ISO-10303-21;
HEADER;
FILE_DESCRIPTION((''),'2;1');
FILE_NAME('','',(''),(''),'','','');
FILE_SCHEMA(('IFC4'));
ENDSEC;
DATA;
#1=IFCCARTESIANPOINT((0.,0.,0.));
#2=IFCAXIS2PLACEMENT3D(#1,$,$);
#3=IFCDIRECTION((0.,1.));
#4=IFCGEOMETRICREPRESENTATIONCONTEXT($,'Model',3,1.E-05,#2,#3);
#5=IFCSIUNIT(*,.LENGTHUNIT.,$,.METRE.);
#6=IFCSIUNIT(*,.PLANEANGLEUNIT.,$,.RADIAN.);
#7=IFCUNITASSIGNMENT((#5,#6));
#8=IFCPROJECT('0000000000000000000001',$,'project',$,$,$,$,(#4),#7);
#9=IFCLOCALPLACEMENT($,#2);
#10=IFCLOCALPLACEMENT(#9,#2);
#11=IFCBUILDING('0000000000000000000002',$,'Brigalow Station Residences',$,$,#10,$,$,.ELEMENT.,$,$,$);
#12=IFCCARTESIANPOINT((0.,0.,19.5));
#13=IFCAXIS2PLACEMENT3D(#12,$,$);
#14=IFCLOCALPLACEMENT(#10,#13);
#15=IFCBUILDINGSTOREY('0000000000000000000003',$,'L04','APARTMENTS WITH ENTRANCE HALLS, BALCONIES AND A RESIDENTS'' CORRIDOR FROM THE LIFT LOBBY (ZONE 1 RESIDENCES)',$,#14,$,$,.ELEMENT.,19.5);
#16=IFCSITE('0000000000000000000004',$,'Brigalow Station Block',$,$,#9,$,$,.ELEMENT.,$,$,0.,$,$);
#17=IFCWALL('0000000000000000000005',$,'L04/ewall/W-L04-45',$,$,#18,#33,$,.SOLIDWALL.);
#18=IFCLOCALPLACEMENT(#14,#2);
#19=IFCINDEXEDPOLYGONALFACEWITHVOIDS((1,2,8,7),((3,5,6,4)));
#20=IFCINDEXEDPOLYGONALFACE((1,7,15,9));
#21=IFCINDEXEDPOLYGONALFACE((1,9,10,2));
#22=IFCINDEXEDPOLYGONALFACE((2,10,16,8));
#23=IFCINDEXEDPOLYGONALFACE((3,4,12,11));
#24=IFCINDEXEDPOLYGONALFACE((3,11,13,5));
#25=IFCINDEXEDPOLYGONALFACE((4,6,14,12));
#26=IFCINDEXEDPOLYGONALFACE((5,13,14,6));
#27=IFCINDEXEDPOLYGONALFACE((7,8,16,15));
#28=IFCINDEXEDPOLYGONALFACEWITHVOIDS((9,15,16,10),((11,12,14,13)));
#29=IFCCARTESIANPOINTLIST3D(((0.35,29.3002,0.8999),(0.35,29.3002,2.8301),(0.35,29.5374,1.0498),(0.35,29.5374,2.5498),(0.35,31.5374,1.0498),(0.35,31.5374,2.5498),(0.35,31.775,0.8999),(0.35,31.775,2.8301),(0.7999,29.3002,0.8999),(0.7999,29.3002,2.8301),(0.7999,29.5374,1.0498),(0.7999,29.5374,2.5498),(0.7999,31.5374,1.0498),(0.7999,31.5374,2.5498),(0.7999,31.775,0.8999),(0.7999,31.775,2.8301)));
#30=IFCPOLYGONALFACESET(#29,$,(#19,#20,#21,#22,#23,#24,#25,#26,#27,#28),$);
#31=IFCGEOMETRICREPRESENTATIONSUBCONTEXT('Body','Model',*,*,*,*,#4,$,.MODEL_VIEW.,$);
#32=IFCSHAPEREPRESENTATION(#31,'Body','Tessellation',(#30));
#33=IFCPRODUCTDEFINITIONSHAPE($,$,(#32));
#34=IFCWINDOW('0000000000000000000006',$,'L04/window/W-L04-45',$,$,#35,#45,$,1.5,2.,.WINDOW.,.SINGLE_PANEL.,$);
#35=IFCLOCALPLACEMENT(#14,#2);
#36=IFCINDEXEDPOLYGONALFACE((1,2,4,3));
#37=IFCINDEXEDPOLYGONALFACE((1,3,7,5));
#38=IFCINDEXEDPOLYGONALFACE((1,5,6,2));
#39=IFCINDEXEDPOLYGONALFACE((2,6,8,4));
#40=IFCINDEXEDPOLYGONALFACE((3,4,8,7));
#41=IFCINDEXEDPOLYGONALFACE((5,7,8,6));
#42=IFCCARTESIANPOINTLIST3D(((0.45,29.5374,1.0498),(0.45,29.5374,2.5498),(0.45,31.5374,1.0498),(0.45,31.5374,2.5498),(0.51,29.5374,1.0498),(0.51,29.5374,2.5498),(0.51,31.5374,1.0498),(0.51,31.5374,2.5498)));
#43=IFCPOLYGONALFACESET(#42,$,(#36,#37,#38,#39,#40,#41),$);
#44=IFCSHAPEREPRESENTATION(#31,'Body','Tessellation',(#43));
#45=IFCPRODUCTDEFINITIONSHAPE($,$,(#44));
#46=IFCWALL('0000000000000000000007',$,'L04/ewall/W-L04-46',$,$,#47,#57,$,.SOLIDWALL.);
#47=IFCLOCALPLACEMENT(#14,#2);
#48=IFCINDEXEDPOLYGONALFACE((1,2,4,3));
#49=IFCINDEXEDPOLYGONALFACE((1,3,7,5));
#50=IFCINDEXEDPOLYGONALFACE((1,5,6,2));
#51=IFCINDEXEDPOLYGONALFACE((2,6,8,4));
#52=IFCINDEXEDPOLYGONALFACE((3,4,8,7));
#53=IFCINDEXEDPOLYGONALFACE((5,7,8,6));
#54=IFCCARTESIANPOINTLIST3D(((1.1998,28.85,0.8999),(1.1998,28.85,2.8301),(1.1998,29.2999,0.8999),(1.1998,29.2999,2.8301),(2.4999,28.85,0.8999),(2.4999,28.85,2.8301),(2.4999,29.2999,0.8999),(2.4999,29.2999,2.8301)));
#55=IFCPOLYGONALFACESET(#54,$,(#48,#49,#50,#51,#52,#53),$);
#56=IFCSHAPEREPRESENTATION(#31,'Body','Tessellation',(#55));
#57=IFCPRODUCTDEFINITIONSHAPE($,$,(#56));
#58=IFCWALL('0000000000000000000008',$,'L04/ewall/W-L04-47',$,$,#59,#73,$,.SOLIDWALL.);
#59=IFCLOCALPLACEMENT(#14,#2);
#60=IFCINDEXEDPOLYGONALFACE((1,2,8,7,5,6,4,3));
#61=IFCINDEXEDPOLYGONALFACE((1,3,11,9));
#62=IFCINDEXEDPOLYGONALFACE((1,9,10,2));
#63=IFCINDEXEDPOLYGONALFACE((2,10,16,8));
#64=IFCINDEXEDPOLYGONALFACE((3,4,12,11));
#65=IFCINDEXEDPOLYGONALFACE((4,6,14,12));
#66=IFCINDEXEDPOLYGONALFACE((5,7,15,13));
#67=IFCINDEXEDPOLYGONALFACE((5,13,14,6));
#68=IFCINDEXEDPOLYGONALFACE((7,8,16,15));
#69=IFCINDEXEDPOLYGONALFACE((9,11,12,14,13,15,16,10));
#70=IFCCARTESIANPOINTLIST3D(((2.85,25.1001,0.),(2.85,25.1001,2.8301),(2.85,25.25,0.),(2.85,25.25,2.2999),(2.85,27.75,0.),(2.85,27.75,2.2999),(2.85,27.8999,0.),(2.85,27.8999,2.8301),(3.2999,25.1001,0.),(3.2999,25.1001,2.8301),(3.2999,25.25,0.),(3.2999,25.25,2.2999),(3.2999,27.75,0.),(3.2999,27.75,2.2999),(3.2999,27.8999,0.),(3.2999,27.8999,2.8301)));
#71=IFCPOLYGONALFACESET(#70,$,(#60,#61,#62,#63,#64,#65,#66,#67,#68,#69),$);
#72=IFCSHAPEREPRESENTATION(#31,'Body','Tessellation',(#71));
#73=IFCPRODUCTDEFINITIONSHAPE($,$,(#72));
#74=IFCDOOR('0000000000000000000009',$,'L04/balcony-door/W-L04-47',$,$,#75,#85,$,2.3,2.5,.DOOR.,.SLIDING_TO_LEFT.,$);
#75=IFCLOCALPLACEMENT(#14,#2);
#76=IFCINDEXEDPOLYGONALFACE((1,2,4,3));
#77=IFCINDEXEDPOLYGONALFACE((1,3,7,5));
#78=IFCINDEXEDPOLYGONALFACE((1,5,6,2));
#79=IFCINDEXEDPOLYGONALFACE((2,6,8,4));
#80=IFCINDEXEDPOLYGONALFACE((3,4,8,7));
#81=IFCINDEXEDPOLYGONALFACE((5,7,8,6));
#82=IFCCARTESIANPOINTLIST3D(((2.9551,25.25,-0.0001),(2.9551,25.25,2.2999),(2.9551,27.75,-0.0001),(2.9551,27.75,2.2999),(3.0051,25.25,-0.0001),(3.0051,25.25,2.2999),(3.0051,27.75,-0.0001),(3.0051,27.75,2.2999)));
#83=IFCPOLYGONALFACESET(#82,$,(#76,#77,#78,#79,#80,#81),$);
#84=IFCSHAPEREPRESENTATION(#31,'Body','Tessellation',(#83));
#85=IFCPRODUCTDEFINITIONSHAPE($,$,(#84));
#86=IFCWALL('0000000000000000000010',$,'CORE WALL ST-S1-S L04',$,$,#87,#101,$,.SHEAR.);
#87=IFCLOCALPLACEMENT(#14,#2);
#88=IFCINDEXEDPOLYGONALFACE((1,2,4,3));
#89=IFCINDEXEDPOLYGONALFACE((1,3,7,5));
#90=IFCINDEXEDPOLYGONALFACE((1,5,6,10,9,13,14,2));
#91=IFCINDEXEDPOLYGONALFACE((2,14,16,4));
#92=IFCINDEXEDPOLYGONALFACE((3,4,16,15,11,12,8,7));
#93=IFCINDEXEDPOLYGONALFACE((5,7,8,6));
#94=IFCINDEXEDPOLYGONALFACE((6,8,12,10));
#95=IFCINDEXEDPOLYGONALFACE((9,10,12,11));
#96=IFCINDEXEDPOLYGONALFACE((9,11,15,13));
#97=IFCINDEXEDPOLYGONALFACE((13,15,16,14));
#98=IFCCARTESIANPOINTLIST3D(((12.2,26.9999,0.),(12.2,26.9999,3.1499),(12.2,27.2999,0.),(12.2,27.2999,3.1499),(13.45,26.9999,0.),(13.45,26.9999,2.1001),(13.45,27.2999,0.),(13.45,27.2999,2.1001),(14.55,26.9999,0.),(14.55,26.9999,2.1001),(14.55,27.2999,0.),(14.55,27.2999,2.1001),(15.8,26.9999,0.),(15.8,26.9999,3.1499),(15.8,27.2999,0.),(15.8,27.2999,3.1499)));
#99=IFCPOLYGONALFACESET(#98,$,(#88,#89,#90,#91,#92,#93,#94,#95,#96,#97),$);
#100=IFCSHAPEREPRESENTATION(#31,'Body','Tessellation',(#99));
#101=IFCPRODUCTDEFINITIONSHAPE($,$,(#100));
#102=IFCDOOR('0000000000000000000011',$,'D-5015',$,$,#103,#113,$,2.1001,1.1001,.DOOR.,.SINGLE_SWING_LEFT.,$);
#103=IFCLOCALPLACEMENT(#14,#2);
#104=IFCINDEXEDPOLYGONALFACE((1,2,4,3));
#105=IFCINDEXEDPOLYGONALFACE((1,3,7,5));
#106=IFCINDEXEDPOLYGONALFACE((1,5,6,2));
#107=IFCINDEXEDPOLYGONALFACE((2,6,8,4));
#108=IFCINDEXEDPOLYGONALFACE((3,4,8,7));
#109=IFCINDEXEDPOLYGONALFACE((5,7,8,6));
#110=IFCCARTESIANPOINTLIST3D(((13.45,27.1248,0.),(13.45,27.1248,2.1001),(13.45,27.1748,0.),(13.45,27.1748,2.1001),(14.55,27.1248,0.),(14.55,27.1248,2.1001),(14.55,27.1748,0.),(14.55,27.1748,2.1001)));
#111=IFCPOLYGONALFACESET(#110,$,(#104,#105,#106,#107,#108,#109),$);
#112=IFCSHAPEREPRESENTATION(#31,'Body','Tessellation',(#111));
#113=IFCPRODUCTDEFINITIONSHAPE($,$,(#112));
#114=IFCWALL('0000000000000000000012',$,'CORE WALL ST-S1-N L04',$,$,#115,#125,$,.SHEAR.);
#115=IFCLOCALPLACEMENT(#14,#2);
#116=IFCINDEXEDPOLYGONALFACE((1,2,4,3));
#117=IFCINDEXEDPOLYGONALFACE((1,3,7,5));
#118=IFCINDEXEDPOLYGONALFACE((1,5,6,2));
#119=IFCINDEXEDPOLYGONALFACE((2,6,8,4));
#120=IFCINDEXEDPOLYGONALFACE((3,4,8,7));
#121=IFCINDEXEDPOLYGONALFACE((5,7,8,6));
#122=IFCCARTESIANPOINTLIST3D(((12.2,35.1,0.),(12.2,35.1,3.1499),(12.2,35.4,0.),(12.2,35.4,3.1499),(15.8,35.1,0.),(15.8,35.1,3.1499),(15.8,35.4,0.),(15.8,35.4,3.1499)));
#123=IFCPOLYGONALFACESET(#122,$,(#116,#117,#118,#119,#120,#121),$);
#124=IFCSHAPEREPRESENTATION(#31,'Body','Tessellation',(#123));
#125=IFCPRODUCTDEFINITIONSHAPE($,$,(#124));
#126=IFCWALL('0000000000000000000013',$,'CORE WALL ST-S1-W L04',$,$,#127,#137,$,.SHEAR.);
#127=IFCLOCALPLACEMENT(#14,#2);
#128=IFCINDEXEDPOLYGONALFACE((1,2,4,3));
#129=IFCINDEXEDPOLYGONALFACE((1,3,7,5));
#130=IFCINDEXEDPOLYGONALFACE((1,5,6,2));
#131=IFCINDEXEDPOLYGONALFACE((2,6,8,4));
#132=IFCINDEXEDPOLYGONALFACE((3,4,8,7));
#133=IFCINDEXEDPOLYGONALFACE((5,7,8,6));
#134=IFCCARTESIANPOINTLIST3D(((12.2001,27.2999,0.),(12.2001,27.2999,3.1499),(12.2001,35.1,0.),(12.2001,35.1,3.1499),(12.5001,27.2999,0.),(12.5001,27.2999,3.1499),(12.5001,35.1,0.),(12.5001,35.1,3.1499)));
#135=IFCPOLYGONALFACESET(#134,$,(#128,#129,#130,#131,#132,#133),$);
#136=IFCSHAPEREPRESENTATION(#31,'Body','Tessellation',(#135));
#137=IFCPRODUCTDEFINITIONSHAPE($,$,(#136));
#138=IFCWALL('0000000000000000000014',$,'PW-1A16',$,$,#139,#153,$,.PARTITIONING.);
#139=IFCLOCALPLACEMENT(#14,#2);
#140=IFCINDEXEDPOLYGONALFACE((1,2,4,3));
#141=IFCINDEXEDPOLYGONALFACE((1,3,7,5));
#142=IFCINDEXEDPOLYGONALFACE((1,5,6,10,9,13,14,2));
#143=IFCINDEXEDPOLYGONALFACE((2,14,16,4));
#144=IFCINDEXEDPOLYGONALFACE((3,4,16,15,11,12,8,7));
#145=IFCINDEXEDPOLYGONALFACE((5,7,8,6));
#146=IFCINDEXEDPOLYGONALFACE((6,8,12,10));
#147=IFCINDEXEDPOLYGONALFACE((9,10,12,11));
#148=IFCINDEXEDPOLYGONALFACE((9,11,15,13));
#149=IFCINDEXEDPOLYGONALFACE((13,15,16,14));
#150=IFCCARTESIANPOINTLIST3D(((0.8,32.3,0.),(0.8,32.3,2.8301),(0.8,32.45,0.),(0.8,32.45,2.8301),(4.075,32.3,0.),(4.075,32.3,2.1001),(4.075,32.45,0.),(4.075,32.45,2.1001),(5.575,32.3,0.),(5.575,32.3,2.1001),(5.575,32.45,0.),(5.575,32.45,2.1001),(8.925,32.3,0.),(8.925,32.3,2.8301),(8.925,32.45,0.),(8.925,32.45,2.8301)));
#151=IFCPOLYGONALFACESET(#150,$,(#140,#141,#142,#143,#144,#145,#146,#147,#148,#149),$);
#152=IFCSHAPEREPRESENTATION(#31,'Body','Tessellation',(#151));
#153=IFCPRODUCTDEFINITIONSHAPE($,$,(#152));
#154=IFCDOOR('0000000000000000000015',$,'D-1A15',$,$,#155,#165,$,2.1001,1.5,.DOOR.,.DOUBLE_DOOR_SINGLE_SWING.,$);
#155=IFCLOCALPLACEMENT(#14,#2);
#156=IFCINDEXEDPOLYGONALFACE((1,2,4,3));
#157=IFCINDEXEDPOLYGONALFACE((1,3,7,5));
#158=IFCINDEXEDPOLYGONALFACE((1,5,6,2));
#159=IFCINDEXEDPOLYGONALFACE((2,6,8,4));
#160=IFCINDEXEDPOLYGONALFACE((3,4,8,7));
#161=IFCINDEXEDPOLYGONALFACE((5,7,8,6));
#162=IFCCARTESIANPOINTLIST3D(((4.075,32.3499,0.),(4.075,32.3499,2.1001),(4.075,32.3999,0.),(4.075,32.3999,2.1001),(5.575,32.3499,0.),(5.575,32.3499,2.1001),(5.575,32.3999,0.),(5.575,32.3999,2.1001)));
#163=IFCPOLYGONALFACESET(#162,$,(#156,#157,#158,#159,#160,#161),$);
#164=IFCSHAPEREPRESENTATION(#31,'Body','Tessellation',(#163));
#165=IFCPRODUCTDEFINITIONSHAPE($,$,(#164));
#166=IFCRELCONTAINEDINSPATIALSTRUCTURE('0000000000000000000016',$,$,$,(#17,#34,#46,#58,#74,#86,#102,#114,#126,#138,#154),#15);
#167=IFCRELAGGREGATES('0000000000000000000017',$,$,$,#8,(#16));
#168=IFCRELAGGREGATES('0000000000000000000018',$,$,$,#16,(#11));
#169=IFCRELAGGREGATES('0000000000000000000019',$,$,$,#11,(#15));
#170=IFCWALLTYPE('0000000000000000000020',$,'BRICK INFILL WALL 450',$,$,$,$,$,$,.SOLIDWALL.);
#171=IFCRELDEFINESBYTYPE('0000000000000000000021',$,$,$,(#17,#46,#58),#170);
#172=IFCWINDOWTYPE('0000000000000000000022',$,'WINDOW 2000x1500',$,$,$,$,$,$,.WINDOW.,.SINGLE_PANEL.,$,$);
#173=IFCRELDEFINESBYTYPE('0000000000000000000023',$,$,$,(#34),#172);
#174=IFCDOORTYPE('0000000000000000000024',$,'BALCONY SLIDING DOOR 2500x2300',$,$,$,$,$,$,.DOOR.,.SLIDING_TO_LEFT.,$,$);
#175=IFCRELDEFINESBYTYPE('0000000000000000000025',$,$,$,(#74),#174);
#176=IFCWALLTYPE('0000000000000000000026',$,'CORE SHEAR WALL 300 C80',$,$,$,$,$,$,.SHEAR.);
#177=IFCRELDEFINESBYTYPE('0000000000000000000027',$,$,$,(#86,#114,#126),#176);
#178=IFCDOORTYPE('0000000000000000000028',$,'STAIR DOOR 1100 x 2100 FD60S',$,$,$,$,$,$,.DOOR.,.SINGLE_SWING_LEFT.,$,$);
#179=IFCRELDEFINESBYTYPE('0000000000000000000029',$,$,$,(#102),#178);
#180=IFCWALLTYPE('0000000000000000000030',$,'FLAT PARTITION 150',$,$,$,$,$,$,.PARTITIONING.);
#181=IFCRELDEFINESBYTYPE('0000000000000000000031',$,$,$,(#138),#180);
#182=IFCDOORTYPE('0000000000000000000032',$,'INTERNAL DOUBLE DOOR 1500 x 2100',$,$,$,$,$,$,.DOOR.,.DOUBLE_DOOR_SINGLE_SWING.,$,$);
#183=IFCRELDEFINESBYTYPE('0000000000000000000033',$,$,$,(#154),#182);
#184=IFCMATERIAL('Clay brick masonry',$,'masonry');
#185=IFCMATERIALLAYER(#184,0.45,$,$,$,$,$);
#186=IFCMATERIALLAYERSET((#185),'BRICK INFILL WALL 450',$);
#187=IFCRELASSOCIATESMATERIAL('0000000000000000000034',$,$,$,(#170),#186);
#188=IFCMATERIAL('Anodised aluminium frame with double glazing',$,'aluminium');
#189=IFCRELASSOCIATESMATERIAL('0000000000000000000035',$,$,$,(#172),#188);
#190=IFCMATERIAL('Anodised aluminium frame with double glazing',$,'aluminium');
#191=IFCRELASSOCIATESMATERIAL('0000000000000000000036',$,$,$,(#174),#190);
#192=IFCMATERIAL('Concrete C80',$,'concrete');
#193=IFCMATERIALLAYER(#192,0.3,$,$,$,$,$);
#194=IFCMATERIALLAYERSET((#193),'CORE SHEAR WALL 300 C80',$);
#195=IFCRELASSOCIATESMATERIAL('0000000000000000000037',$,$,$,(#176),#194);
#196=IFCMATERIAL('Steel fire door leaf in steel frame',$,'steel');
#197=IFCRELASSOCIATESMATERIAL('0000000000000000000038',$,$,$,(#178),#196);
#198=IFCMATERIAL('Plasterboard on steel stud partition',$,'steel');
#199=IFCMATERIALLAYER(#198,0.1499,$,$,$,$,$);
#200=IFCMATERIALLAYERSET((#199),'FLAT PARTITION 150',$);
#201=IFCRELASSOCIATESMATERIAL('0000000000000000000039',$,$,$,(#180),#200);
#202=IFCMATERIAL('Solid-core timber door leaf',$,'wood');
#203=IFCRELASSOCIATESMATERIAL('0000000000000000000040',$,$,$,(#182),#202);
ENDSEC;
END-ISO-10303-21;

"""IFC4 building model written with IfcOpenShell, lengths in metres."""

from ifc_helpers import new_model, si_unit, direction, frame, frame_2d, origin, place, context, subcontext, project, spatial, rectangle, extrude, material, layer, layer_set, type_object, element, fill, save


model = new_model("IFC4")

# Units and contexts
model_context = context("Model", 3, precision=1e-05, world=origin(), true_north=direction((0.0, 1.0)))
body_context = subcontext(model_context, "Body", "Model", "MODEL_VIEW")
ifc_project = project(units=[si_unit("LENGTHUNIT", "METRE"), si_unit("PLANEANGLEUNIT", "RADIAN")], contexts=[model_context])

# Site, building, storey
site_placement = place(None, origin())
site = spatial("IfcSite", under=ifc_project, at=site_placement, Name="Brigalow Station Block", CompositionType="ELEMENT", RefElevation=0.0)
building_placement = place(site_placement, origin())
building = spatial("IfcBuilding", under=site, at=building_placement, Name="Brigalow Station Residences", CompositionType="ELEMENT")
storey_placement = place(building_placement, frame((0.0, 0.0, 19.5)))
storey = spatial("IfcBuildingStorey", under=building, at=storey_placement, Name="L04", Description="APARTMENTS WITH ENTRANCE HALLS, BALCONIES AND A RESIDENTS' CORRIDOR FROM THE LIFT LOBBY (ZONE 1 RESIDENCES)", CompositionType="ELEMENT", Elevation=19.5)

# Wall, opening, window
ifc_material_1 = material(Name="Clay brick masonry", Category="masonry")
ifc_layer_1 = layer(ifc_material_1, 0.45)
ifc_layer_set_1 = layer_set([ifc_layer_1], Name="BRICK INFILL WALL 450")
wall_type_1 = type_object("IfcWallType", Name="BRICK INFILL WALL 450", PredefinedType="SOLIDWALL", material=ifc_layer_set_1)
wall_1_placement = place(storey_placement, frame((0.575, 31.7749, 0.8999), z_axis=(0.0, 0.0, 1.0), x_axis=(0.0, -1.0, 0.0)))
wall_1 = element("IfcWall", 1, at=wall_1_placement, inside=storey, type_object=wall_type_1, Name="L04/ewall/W-L04-45", PredefinedType="SOLIDWALL", context=body_context, shape_type="SweptSolid", body=[
    extrude(rectangle(XDim=2.4749, YDim=0.45, at=frame_2d((1.2373, 0.0))), origin(), (0.0, 0.0, 1.0), 1.9302),
])
opening_1_placement = place(wall_1_placement, frame((0.2375, 0.0, 0.1499)))
opening_1 = element("IfcOpeningElement", 2, at=opening_1_placement, cuts=wall_1, PredefinedType="OPENING", context=body_context, shape_type="SweptSolid", body=[
    extrude(rectangle(XDim=2.0, YDim=1.5, at=frame_2d((1.0, 0.75))), frame((0.0, 0.2349, 0.0), z_axis=(0.0, -1.0, 0.0), x_axis=(1.0, 0.0, 0.0)), (0.0, 0.0, 1.0), 0.47),
])
ifc_material_2 = material(Name="Anodised aluminium frame with double glazing", Category="aluminium")
window_type_1 = type_object("IfcWindowType", Name="WINDOW 2000x1500", PartitioningType="SINGLE_PANEL", PredefinedType="WINDOW", material=ifc_material_2)
window_1_placement = place(opening_1_placement, origin())
window_1 = element("IfcWindow", 3, at=window_1_placement, inside=storey, type_object=window_type_1, Name="L04/window/W-L04-45", OverallHeight=1.5, OverallWidth=2.0, PartitioningType="SINGLE_PANEL", PredefinedType="WINDOW", context=body_context, shape_type="SweptSolid", body=[
    extrude(rectangle(XDim=2.0, YDim=1.5, at=frame_2d((1.0, 0.75))), frame((0.0, -0.0649, 0.0), z_axis=(0.0, -1.0, 0.0), x_axis=(1.0, 0.0, 0.0)), (0.0, 0.0, 1.0), 0.0601),
])
fill(opening_1, window_1)

# Wall
wall_2_placement = place(storey_placement, frame((1.2, 29.075, 0.8999), z_axis=(0.0, 0.0, 1.0), x_axis=(1.0, 0.0, 0.0)))
element("IfcWall", 4, at=wall_2_placement, inside=storey, type_object=wall_type_1, Name="L04/ewall/W-L04-46", PredefinedType="SOLIDWALL", context=body_context, shape_type="SweptSolid", body=[
    extrude(rectangle(XDim=1.3, YDim=0.45, at=frame_2d((0.6499, 0.0))), origin(), (0.0, 0.0, 1.0), 1.9302),
])

# Walls, openings, doors
wall_3_placement = place(storey_placement, frame((3.075, 27.8999, 0.0), z_axis=(0.0, 0.0, 1.0), x_axis=(0.0, -1.0, 0.0)))
wall_3 = element("IfcWall", 5, at=wall_3_placement, inside=storey, type_object=wall_type_1, Name="L04/ewall/W-L04-47", PredefinedType="SOLIDWALL", context=body_context, shape_type="SweptSolid", body=[
    extrude(rectangle(XDim=2.7998, YDim=0.45, at=frame_2d((1.3999, 0.0))), origin(), (0.0, 0.0, 1.0), 2.8301),
])
opening_2_placement = place(wall_3_placement, frame((0.1499, 0.0, 0.0)))
opening_2 = element("IfcOpeningElement", 6, at=opening_2_placement, cuts=wall_3, PredefinedType="OPENING", context=body_context, shape_type="SweptSolid", body=[
    extrude(rectangle(XDim=2.5, YDim=2.3, at=frame_2d((1.25, 1.1499))), frame((0.0, 0.2349, 0.0), z_axis=(0.0, -1.0, 0.0), x_axis=(1.0, 0.0, 0.0)), (0.0, 0.0, 1.0), 0.47),
])
ifc_material_3 = material(Name="Anodised aluminium frame with double glazing", Category="aluminium")
door_type_1 = type_object("IfcDoorType", Name="BALCONY SLIDING DOOR 2500x2300", OperationType="SLIDING_TO_LEFT", PredefinedType="DOOR", material=ifc_material_3)
door_1_placement = place(opening_2_placement, origin())
door_1 = element("IfcDoor", 7, at=door_1_placement, inside=storey, type_object=door_type_1, Name="L04/balcony-door/W-L04-47", OperationType="SLIDING_TO_LEFT", OverallHeight=2.3, OverallWidth=2.5, PredefinedType="DOOR", context=body_context, shape_type="SweptSolid", body=[
    extrude(rectangle(XDim=2.5, YDim=2.3, at=frame_2d((1.25, 1.1499))), frame((0.0, -0.0698, 0.0), z_axis=(0.0, -1.0, 0.0), x_axis=(1.0, 0.0, 0.0)), (0.0, 0.0, 1.0), 0.05),
])
fill(opening_2, door_1)
ifc_material_4 = material(Name="Concrete C80", Category="concrete")
ifc_layer_2 = layer(ifc_material_4, 0.3)
ifc_layer_set_2 = layer_set([ifc_layer_2], Name="CORE SHEAR WALL 300 C80")
wall_type_2 = type_object("IfcWallType", Name="CORE SHEAR WALL 300 C80", PredefinedType="SHEAR", material=ifc_layer_set_2)
wall_4_placement = place(storey_placement, frame((12.2, 27.1499, 0.0), z_axis=(0.0, 0.0, 1.0), x_axis=(1.0, 0.0, 0.0)))
wall_4 = element("IfcWall", 8, at=wall_4_placement, inside=storey, type_object=wall_type_2, Name="CORE WALL ST-S1-S L04", PredefinedType="SHEAR", context=body_context, shape_type="SweptSolid", body=[
    extrude(rectangle(XDim=3.6001, YDim=0.3, at=frame_2d((1.8, 0.0))), origin(), (0.0, 0.0, 1.0), 3.1499),
])
opening_3_placement = place(wall_4_placement, frame((1.25, 0.0, 0.0)))
opening_3 = element("IfcOpeningElement", 9, at=opening_3_placement, cuts=wall_4, PredefinedType="OPENING", context=body_context, shape_type="SweptSolid", body=[
    extrude(rectangle(XDim=1.1001, YDim=2.1001, at=frame_2d((0.55, 1.05))), frame((0.0, 0.1602, 0.0), z_axis=(0.0, -1.0, 0.0), x_axis=(1.0, 0.0, 0.0)), (0.0, 0.0, 1.0), 0.3201),
])
ifc_material_5 = material(Name="Steel fire door leaf in steel frame", Category="steel")
door_type_2 = type_object("IfcDoorType", Name="STAIR DOOR 1100 x 2100 FD60S", OperationType="SINGLE_SWING_LEFT", PredefinedType="DOOR", material=ifc_material_5)
door_2_placement = place(opening_3_placement, origin())
door_2 = element("IfcDoor", 10, at=door_2_placement, inside=storey, type_object=door_type_2, Name="D-5015", OperationType="SINGLE_SWING_LEFT", OverallHeight=2.1001, OverallWidth=1.1001, PredefinedType="DOOR", context=body_context, shape_type="SweptSolid", body=[
    extrude(rectangle(XDim=1.1001, YDim=2.1001, at=frame_2d((0.55, 1.05))), frame((0.0, 0.0249, 0.0), z_axis=(0.0, -1.0, 0.0), x_axis=(1.0, 0.0, 0.0)), (0.0, 0.0, 1.0), 0.05),
])
fill(opening_3, door_2)

# Walls
wall_5_placement = place(storey_placement, frame((12.2, 35.25, 0.0), z_axis=(0.0, 0.0, 1.0), x_axis=(1.0, 0.0, 0.0)))
element("IfcWall", 11, at=wall_5_placement, inside=storey, type_object=wall_type_2, Name="CORE WALL ST-S1-N L04", PredefinedType="SHEAR", context=body_context, shape_type="SweptSolid", body=[
    extrude(rectangle(XDim=3.6001, YDim=0.3, at=frame_2d((1.8, 0.0))), origin(), (0.0, 0.0, 1.0), 3.1499),
])
wall_6_placement = place(storey_placement, frame((12.3501, 27.3, 0.0), z_axis=(0.0, 0.0, 1.0), x_axis=(0.0, 1.0, 0.0)))
element("IfcWall", 12, at=wall_6_placement, inside=storey, type_object=wall_type_2, Name="CORE WALL ST-S1-W L04", PredefinedType="SHEAR", context=body_context, shape_type="SweptSolid", body=[
    extrude(rectangle(XDim=7.8, YDim=0.3, at=frame_2d((3.8999, 0.0))), origin(), (0.0, 0.0, 1.0), 3.1499),
])

# Wall, opening, door
ifc_material_6 = material(Name="Plasterboard on steel stud partition", Category="steel")
ifc_layer_3 = layer(ifc_material_6, 0.1499)
ifc_layer_set_3 = layer_set([ifc_layer_3], Name="FLAT PARTITION 150")
wall_type_3 = type_object("IfcWallType", Name="FLAT PARTITION 150", PredefinedType="PARTITIONING", material=ifc_layer_set_3)
wall_7_placement = place(storey_placement, frame((0.8, 32.375, 0.0), z_axis=(0.0, 0.0, 1.0), x_axis=(1.0, 0.0, 0.0)))
wall_7 = element("IfcWall", 13, at=wall_7_placement, inside=storey, type_object=wall_type_3, Name="PW-1A16", PredefinedType="PARTITIONING", context=body_context, shape_type="SweptSolid", body=[
    extrude(rectangle(XDim=8.125, YDim=0.1499, at=frame_2d((4.0625, 0.0))), origin(), (0.0, 0.0, 1.0), 2.8301),
])
opening_4_placement = place(wall_7_placement, frame((3.2749, 0.0, 0.0)))
opening_4 = element("IfcOpeningElement", 14, at=opening_4_placement, cuts=wall_7, PredefinedType="OPENING", context=body_context, shape_type="SweptSolid", body=[
    extrude(rectangle(XDim=1.5, YDim=2.1001, at=frame_2d((0.75, 1.05))), frame((0.0, 0.085, 0.0), z_axis=(0.0, -1.0, 0.0), x_axis=(1.0, 0.0, 0.0)), (0.0, 0.0, 1.0), 0.1699),
])
ifc_material_7 = material(Name="Solid-core timber door leaf", Category="wood")
door_type_3 = type_object("IfcDoorType", Name="INTERNAL DOUBLE DOOR 1500 x 2100", OperationType="DOUBLE_DOOR_SINGLE_SWING", PredefinedType="DOOR", material=ifc_material_7)
door_3_placement = place(opening_4_placement, origin())
door_3 = element("IfcDoor", 15, at=door_3_placement, inside=storey, type_object=door_type_3, Name="D-1A15", OperationType="DOUBLE_DOOR_SINGLE_SWING", OverallHeight=2.1001, OverallWidth=1.5, PredefinedType="DOOR", context=body_context, shape_type="SweptSolid", body=[
    extrude(rectangle(XDim=1.5, YDim=2.1001, at=frame_2d((0.75, 1.05))), frame((0.0, 0.0249, 0.0), z_axis=(0.0, -1.0, 0.0), x_axis=(1.0, 0.0, 0.0)), (0.0, 0.0, 1.0), 0.05),
])
fill(opening_4, door_3)

save(model, "model.ifc")
